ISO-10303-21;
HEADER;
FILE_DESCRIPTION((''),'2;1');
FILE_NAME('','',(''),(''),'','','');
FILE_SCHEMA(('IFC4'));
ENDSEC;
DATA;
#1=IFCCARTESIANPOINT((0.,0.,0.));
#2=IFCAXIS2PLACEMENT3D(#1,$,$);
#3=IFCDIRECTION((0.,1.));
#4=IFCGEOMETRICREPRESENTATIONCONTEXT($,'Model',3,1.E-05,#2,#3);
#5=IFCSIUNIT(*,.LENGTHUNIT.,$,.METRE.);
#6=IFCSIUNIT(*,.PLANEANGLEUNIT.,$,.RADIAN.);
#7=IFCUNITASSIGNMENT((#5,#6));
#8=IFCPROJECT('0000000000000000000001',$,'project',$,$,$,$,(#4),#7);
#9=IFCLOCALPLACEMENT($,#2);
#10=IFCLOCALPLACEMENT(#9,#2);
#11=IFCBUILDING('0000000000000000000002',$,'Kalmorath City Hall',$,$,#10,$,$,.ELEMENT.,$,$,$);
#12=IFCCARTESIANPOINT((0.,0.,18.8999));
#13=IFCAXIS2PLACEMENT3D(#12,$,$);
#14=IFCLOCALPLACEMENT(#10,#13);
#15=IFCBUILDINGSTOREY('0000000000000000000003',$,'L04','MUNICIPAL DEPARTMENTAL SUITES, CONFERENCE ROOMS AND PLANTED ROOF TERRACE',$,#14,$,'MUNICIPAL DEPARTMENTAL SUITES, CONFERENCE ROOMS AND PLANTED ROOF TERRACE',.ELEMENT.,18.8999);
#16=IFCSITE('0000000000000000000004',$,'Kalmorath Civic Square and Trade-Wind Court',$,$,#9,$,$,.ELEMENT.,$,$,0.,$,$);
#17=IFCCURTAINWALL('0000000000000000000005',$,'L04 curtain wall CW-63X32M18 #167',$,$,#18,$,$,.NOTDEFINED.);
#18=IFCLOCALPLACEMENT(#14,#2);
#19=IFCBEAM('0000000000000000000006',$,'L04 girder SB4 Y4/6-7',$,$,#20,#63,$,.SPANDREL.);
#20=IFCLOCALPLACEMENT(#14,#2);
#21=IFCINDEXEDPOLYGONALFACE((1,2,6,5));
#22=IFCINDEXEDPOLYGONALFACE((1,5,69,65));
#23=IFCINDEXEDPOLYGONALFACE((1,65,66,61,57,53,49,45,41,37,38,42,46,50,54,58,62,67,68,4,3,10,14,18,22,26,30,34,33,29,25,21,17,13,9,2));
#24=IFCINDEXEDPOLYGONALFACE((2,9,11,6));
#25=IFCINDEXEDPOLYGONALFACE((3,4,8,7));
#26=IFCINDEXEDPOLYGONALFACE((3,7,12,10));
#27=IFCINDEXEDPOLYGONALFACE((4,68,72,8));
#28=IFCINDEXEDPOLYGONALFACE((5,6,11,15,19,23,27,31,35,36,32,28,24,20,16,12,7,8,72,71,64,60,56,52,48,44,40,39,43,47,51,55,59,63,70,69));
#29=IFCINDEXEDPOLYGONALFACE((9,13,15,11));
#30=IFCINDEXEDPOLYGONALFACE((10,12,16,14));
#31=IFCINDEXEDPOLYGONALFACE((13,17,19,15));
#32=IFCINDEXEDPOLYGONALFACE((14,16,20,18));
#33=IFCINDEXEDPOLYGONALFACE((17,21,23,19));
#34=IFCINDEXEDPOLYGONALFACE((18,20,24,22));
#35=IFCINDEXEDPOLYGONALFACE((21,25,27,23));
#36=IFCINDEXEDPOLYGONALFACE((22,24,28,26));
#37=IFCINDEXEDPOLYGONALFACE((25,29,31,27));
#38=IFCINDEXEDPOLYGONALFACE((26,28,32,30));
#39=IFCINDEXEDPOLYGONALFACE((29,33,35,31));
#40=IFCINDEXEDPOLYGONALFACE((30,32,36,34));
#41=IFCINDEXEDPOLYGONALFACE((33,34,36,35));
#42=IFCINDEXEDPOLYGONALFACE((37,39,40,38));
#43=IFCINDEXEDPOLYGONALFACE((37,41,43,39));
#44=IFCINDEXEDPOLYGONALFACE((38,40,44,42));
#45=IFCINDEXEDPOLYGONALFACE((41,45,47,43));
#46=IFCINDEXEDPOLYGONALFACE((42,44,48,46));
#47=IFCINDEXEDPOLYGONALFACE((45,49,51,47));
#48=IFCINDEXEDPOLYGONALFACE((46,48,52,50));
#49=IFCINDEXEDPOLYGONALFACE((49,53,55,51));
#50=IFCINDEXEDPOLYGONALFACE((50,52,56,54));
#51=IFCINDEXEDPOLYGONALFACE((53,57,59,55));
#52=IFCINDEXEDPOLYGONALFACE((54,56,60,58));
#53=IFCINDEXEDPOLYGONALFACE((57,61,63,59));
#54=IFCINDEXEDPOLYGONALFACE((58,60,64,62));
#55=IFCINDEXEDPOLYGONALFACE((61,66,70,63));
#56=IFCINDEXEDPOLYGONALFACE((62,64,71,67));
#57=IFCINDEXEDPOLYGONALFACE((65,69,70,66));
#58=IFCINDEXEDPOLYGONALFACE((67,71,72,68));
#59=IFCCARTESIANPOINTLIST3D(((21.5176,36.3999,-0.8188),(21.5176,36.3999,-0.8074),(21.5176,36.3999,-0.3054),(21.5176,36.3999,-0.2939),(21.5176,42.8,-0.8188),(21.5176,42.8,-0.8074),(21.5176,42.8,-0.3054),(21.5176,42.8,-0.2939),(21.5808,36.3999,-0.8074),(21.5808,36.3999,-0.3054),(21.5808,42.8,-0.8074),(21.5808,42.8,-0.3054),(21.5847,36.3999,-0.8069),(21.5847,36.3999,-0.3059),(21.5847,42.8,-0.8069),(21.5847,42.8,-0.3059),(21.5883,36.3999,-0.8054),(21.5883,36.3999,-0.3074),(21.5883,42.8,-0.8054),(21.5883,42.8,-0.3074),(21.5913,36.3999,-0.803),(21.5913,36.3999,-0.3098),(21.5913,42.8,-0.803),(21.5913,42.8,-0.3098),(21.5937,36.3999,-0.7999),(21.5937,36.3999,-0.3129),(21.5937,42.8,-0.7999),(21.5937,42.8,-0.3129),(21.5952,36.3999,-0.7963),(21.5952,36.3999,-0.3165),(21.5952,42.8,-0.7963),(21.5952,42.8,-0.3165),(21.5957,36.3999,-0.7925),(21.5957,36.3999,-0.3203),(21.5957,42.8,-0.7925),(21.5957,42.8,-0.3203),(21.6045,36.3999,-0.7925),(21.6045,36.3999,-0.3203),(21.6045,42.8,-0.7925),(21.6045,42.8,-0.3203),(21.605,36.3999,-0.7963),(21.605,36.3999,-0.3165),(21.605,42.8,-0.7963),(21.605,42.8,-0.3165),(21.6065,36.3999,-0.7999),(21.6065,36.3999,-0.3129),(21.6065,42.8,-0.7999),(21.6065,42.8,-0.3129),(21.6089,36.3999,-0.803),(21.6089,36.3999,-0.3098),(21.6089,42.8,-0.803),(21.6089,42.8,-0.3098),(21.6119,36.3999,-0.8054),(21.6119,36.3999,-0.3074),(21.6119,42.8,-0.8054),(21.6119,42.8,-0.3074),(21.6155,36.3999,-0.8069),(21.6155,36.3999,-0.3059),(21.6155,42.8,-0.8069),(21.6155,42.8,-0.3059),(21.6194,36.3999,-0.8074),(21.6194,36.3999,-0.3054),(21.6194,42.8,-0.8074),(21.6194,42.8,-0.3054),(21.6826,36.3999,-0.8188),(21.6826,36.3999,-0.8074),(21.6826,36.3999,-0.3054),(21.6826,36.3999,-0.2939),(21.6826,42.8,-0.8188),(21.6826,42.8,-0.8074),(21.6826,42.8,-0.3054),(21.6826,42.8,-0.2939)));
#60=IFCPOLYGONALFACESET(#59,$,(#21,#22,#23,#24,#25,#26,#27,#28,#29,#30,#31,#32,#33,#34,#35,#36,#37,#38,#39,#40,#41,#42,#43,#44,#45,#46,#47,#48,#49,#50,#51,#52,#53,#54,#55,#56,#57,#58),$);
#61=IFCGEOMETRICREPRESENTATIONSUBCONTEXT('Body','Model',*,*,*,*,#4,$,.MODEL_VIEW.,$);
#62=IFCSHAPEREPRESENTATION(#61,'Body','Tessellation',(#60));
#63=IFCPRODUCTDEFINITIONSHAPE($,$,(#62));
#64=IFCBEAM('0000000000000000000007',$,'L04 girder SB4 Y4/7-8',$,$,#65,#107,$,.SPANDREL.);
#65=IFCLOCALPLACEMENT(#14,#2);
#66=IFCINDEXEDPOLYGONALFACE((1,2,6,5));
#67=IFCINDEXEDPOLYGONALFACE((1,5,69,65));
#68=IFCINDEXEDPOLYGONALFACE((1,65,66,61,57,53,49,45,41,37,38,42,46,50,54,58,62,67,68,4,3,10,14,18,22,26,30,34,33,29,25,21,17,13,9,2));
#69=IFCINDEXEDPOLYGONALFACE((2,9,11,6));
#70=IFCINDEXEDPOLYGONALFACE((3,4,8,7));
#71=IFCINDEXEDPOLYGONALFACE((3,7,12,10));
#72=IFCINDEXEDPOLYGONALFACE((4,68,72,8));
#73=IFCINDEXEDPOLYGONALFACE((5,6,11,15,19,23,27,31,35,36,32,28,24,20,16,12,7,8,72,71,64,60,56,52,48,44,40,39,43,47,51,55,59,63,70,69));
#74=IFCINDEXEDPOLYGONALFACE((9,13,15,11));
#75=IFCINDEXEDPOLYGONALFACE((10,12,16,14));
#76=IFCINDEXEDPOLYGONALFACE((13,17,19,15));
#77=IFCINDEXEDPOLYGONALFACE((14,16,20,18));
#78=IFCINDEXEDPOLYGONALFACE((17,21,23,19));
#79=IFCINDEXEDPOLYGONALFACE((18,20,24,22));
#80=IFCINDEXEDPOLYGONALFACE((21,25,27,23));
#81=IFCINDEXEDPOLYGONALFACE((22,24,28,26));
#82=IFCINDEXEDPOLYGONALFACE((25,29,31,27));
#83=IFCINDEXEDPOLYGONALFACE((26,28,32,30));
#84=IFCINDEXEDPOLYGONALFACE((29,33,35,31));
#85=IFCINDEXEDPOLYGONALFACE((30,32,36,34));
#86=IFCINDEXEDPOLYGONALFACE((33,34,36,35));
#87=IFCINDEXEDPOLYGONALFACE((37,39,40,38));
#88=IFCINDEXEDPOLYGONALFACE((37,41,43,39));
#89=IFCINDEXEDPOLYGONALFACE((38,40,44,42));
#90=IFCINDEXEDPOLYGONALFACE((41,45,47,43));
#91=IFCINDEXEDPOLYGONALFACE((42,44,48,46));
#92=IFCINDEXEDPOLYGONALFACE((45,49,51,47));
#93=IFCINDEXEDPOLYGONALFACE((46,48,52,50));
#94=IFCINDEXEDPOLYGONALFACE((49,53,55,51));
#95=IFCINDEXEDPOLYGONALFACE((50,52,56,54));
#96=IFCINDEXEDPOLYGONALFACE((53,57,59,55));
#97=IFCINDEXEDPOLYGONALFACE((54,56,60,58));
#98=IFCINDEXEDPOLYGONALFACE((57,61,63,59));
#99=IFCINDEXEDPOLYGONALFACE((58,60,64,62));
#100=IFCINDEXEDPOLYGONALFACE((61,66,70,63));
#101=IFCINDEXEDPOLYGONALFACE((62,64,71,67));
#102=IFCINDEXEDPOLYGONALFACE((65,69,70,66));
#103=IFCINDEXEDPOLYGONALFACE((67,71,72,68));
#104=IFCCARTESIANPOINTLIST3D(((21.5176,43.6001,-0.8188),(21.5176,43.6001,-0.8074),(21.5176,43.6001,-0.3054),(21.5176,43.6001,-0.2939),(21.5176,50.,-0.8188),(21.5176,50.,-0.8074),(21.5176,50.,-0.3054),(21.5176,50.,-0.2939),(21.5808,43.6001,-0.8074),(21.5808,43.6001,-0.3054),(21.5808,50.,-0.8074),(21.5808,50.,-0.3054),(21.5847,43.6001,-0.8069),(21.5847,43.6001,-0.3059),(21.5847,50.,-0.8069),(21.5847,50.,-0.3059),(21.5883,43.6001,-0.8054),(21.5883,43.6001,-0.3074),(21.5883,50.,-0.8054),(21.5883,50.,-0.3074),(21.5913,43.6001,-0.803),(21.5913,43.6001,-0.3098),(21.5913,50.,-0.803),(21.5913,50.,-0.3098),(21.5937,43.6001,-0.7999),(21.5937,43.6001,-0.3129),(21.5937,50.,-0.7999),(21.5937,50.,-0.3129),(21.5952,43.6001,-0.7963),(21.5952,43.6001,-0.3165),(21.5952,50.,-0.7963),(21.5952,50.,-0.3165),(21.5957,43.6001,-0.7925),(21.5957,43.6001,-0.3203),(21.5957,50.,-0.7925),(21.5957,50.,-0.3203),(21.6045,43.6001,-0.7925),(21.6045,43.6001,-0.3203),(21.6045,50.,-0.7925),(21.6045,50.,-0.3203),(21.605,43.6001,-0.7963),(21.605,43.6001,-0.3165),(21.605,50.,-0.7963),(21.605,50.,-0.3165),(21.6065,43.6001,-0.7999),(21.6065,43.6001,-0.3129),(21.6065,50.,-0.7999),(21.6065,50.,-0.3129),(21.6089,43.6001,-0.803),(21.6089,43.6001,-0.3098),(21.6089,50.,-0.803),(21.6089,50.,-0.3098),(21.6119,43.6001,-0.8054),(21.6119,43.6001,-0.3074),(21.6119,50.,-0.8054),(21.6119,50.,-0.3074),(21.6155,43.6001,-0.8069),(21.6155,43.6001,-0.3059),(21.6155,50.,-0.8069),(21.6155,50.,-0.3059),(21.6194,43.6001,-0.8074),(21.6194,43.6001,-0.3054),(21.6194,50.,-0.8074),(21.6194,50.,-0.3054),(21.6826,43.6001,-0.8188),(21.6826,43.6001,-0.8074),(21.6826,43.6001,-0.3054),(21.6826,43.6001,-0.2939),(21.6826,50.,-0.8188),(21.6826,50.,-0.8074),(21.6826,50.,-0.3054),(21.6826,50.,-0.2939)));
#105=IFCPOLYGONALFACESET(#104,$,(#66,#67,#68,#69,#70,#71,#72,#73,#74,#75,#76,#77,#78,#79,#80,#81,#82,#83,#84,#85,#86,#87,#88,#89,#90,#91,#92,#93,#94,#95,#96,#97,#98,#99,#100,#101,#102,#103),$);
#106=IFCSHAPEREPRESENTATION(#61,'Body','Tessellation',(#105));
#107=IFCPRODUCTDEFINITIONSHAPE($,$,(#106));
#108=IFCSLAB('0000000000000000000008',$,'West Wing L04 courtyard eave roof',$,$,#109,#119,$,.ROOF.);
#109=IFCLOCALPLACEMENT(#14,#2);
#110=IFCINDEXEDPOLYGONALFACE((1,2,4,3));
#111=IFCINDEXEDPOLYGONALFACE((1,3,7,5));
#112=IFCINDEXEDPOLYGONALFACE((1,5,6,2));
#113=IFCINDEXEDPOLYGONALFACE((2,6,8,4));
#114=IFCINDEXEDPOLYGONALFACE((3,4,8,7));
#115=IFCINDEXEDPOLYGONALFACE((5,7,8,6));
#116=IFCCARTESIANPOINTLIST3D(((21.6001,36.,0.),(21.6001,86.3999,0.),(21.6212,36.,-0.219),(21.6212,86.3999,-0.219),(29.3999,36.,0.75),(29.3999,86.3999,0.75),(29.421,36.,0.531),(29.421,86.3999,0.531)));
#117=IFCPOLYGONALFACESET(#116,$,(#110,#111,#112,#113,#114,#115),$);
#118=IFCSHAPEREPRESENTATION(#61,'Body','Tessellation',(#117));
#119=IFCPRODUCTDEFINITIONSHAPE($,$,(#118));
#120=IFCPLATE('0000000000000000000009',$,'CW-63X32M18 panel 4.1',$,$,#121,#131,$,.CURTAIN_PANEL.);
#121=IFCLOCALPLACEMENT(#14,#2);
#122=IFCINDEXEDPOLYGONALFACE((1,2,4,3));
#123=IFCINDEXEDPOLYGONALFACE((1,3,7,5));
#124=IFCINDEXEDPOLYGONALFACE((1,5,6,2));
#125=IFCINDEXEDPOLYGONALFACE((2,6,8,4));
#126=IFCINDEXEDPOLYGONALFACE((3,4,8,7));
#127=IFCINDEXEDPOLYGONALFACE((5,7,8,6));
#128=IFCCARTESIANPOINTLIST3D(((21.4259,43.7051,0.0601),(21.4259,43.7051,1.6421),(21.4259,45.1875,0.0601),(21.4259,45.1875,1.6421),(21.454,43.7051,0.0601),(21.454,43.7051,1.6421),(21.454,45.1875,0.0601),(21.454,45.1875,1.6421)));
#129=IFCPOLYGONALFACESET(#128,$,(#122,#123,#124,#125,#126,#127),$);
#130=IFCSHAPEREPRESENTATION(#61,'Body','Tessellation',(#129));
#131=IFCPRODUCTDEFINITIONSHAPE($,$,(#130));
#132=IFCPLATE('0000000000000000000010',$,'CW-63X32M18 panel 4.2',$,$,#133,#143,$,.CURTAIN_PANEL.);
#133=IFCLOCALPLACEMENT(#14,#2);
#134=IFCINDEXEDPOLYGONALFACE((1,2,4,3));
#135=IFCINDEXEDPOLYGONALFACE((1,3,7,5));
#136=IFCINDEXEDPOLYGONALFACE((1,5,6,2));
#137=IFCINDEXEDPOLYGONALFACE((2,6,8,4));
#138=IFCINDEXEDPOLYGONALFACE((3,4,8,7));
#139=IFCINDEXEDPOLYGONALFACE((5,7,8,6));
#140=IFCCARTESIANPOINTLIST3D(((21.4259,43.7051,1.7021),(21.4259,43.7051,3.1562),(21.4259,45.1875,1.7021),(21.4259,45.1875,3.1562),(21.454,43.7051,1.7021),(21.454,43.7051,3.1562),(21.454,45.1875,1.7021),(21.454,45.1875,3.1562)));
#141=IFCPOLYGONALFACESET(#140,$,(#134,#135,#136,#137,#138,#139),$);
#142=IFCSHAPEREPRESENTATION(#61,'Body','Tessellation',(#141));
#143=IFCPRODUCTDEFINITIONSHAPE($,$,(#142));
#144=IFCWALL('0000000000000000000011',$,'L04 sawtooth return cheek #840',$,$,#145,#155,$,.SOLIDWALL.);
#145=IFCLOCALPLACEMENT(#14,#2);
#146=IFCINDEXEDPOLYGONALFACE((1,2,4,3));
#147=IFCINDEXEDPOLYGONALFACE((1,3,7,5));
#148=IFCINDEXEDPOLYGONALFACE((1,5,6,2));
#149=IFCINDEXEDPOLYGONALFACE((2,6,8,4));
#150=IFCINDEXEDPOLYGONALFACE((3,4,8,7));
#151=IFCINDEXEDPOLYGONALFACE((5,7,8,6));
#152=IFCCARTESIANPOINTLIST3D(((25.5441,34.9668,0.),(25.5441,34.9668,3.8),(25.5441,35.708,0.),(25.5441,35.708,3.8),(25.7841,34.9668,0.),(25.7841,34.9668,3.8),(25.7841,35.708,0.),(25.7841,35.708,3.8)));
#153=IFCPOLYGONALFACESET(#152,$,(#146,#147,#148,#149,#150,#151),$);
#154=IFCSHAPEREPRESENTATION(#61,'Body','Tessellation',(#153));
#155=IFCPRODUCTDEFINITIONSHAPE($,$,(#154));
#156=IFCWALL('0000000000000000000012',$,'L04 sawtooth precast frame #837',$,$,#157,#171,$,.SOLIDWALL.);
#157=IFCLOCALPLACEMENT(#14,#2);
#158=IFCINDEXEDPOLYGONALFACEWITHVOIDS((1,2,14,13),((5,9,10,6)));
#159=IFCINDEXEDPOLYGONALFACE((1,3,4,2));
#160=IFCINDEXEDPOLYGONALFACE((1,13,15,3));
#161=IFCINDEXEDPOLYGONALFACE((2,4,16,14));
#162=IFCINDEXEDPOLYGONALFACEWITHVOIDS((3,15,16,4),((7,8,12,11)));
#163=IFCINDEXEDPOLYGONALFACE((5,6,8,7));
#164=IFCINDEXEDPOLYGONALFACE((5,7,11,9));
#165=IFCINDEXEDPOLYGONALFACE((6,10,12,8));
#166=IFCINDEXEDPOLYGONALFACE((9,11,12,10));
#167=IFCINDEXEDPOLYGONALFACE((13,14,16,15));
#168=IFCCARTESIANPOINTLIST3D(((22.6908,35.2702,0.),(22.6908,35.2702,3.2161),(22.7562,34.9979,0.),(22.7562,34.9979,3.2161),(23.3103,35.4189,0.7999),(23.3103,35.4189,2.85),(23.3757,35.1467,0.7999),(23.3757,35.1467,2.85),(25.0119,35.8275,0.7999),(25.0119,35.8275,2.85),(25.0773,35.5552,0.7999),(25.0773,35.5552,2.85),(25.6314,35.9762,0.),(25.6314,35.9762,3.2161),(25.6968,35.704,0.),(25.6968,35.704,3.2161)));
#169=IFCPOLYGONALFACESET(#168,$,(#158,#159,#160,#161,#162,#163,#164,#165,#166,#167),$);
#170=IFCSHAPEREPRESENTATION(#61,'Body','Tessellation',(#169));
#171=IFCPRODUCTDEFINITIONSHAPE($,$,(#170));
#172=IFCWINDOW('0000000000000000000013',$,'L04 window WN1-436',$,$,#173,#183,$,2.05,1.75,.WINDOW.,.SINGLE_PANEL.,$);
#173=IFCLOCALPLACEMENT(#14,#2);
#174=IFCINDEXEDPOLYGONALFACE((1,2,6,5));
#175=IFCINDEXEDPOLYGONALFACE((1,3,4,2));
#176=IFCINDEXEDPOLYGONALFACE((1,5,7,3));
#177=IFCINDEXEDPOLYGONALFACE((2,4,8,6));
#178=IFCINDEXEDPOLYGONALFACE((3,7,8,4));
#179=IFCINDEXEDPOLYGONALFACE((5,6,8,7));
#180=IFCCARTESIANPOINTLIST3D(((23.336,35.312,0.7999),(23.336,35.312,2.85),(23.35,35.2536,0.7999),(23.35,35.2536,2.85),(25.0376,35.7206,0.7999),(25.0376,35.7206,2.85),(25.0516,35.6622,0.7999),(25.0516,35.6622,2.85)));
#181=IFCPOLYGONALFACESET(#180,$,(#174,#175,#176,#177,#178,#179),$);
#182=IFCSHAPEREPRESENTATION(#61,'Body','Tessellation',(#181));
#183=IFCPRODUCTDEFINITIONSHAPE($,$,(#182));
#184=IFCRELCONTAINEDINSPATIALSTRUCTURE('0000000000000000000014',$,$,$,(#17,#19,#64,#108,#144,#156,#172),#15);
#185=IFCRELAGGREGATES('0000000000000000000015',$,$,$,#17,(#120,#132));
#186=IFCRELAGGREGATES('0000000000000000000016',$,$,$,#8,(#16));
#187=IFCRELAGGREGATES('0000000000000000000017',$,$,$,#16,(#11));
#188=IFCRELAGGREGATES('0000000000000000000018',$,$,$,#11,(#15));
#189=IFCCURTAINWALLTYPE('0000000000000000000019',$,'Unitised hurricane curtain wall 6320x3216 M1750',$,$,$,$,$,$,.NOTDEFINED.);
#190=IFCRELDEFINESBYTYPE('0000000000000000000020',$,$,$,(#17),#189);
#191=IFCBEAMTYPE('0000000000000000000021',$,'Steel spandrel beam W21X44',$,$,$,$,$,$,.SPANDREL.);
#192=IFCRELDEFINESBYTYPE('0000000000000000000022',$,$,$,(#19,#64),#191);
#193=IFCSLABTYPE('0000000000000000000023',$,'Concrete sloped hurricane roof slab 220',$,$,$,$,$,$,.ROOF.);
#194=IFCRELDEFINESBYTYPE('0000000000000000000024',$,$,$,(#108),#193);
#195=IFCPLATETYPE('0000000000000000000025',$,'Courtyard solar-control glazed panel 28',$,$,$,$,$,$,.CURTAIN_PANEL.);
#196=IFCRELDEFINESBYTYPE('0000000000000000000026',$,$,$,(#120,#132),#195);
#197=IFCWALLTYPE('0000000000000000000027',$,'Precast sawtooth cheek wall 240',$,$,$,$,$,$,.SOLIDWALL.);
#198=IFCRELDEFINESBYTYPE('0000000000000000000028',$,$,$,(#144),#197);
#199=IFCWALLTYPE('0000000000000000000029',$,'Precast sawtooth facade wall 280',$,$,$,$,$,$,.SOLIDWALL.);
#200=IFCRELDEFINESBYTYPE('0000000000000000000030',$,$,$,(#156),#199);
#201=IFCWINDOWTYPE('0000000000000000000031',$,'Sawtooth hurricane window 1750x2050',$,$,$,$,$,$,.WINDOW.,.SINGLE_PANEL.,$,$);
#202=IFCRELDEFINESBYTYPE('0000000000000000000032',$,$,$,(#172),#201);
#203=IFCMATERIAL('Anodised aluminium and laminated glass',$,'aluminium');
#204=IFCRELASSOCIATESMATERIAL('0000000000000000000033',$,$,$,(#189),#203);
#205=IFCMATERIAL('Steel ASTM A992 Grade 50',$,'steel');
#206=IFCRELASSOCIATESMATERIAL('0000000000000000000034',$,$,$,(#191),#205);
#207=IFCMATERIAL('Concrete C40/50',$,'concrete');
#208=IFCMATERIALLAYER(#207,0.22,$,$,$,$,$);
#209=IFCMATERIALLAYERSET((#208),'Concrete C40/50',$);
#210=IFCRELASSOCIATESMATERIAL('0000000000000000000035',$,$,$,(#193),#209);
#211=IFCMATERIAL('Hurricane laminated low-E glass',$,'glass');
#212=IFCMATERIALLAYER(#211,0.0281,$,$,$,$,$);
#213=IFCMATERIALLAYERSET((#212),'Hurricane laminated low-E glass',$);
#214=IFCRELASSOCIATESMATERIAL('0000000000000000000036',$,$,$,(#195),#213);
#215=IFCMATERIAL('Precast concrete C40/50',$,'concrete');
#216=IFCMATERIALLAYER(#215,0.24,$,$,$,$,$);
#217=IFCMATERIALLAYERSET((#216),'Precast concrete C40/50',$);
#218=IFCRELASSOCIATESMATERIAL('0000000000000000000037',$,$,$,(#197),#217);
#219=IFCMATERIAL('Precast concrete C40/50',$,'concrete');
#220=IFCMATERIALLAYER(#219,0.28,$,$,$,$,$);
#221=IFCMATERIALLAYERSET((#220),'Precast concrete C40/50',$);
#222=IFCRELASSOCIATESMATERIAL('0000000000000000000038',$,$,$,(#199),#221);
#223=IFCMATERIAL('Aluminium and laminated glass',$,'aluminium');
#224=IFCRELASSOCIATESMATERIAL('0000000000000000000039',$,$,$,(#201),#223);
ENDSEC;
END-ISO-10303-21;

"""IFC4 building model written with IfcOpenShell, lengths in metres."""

from ifc_helpers import new_model, si_unit, direction, frame, frame_2d, origin, origin_2d, place, context, subcontext, project, spatial, polyline, rectangle, i_section, outline, extrude, material, layer, layer_set, material_profile, profile_set, type_object, element, fill, aggregate, save


model = new_model("IFC4")

# Units and contexts
model_context = context("Model", 3, precision=1e-05, world=origin(), true_north=direction((0.0, 1.0)))
body_context = subcontext(model_context, "Body", "Model", "MODEL_VIEW")
ifc_project = project(units=[si_unit("LENGTHUNIT", "METRE"), si_unit("PLANEANGLEUNIT", "RADIAN")], contexts=[model_context])

# Site, building, storey
site_placement = place(None, origin())
site = spatial("IfcSite", under=ifc_project, at=site_placement, Name="Kalmorath Civic Square and Trade-Wind Court", CompositionType="ELEMENT", RefElevation=0.0)
building_placement = place(site_placement, origin())
building = spatial("IfcBuilding", under=site, at=building_placement, Name="Kalmorath City Hall", CompositionType="ELEMENT")
storey_placement = place(building_placement, frame((0.0, 0.0, 18.8999)))
storey = spatial("IfcBuildingStorey", under=building, at=storey_placement, Name="L04", Description="MUNICIPAL DEPARTMENTAL SUITES, CONFERENCE ROOMS AND PLANTED ROOF TERRACE", LongName="MUNICIPAL DEPARTMENTAL SUITES, CONFERENCE ROOMS AND PLANTED ROOF TERRACE", CompositionType="ELEMENT", Elevation=18.8999)

# Curtain wall
ifc_material_1 = material(Name="Anodised aluminium and laminated glass", Category="aluminium")
curtain_wall_type_1 = type_object("IfcCurtainWallType", Name="Unitised hurricane curtain wall 6320x3216 M1750", PredefinedType="NOTDEFINED", material=ifc_material_1)
curtain_wall_1_placement = place(storey_placement, origin())
curtain_wall_1 = element("IfcCurtainWall", 1, at=curtain_wall_1_placement, inside=storey, type_object=curtain_wall_type_1, Name="L04 curtain wall CW-63X32M18 #167", PredefinedType="NOTDEFINED")

# Beams
ifc_material_2 = material(Name="Steel ASTM A992 Grade 50", Category="steel")
ifc_material_profile_1 = material_profile(ifc_material_2, i_section(OverallWidth=0.165, OverallDepth=0.5249, WebThickness=0.0088, FlangeThickness=0.0115, FilletRadius=0.0149, at=origin_2d()), Name="W21X44")
ifc_profile_set_1 = profile_set([ifc_material_profile_1], Name="Steel ASTM A992 Grade 50")
beam_type = type_object("IfcBeamType", Name="Steel spandrel beam W21X44", PredefinedType="SPANDREL", material=ifc_profile_set_1)
beam_1_placement = place(storey_placement, frame((21.6001, 36.3999, -0.5564), z_axis=(0.0, 1.0, 0.0), x_axis=(-1.0, 0.0, 0.0)))
element("IfcBeam", 2, at=beam_1_placement, inside=storey, type_object=beam_type, Name="L04 girder SB4 Y4/6-7", PredefinedType="SPANDREL", context=body_context, shape_type="SweptSolid", body=[
    extrude(i_section(OverallWidth=0.165, OverallDepth=0.5249, WebThickness=0.0088, FlangeThickness=0.0115, FilletRadius=0.0149, at=origin_2d()), origin(), (0.0, 0.0, 1.0), 6.4001),
])
beam_2_placement = place(storey_placement, frame((21.6001, 43.6001, -0.5564), z_axis=(0.0, 1.0, 0.0), x_axis=(-1.0, 0.0, 0.0)))
element("IfcBeam", 3, at=beam_2_placement, inside=storey, type_object=beam_type, Name="L04 girder SB4 Y4/7-8", PredefinedType="SPANDREL", context=body_context, shape_type="SweptSolid", body=[
    extrude(i_section(OverallWidth=0.165, OverallDepth=0.5249, WebThickness=0.0088, FlangeThickness=0.0115, FilletRadius=0.0149, at=origin_2d()), origin(), (0.0, 0.0, 1.0), 6.3999),
])

# Slab
ifc_material_3 = material(Name="Concrete C40/50", Category="concrete")
ifc_layer_1 = layer(ifc_material_3, 0.22)
ifc_layer_set_1 = layer_set([ifc_layer_1], Name="Concrete C40/50")
slab_type = type_object("IfcSlabType", Name="Concrete sloped hurricane roof slab 220", PredefinedType="ROOF", material=ifc_layer_set_1)
slab_placement = place(storey_placement, frame((21.6001, 36.0, 0.0), z_axis=(-0.095715, 0.0, 0.995409), x_axis=(0.995409, 0.0, 0.095715)))
element("IfcSlab", 4, at=slab_placement, inside=storey, type_object=slab_type, Name="West Wing L04 courtyard eave roof", PredefinedType="ROOF", context=body_context, shape_type="SweptSolid", body=[
    extrude(outline(polyline([(0.0, 0.0), (7.8358, 0.0), (7.8358, 50.3999), (0.0, 50.3999), (0.0, 0.0)])), origin(), (0.0, 0.0, -1.0), 0.22),
])

# Plates
ifc_material_4 = material(Name="Hurricane laminated low-E glass", Category="glass")
ifc_layer_2 = layer(ifc_material_4, 0.0281)
ifc_layer_set_2 = layer_set([ifc_layer_2], Name="Hurricane laminated low-E glass")
plate_type = type_object("IfcPlateType", Name="Courtyard solar-control glazed panel 28", PredefinedType="CURTAIN_PANEL", material=ifc_layer_set_2)
plate_1_placement = place(storey_placement, frame((21.4399, 44.4463, 0.0601), z_axis=(0.0, 0.0, 1.0), x_axis=(0.0, -1.0, 0.0)))
plate_1 = element("IfcPlate", 5, at=plate_1_placement, type_object=plate_type, Name="CW-63X32M18 panel 4.1", PredefinedType="CURTAIN_PANEL", context=body_context, shape_type="SweptSolid", body=[
    extrude(rectangle(XDim=1.4824, YDim=0.0281, at=origin_2d()), origin(), (0.0, 0.0, 1.0), 1.582),
])
plate_2_placement = place(storey_placement, frame((21.4399, 44.4463, 1.7021), z_axis=(0.0, 0.0, 1.0), x_axis=(0.0, -1.0, 0.0)))
plate_2 = element("IfcPlate", 6, at=plate_2_placement, type_object=plate_type, Name="CW-63X32M18 panel 4.2", PredefinedType="CURTAIN_PANEL", context=body_context, shape_type="SweptSolid", body=[
    extrude(rectangle(XDim=1.4824, YDim=0.0281, at=origin_2d()), origin(), (0.0, 0.0, 1.0), 1.4541),
])
aggregate(curtain_wall_1, [plate_1, plate_2])

# Wall
ifc_material_5 = material(Name="Precast concrete C40/50", Category="concrete")
ifc_layer_3 = layer(ifc_material_5, 0.24)
ifc_layer_set_3 = layer_set([ifc_layer_3], Name="Precast concrete C40/50")
wall_type_1 = type_object("IfcWallType", Name="Precast sawtooth cheek wall 240", PredefinedType="SOLIDWALL", material=ifc_layer_set_3)
wall_1_placement = place(storey_placement, frame((25.6641, 34.9668, 0.0), z_axis=(0.0, 0.0, 1.0), x_axis=(0.0, 1.0, 0.0)))
element("IfcWall", 7, at=wall_1_placement, inside=storey, type_object=wall_type_1, Name="L04 sawtooth return cheek #840", PredefinedType="SOLIDWALL", context=body_context, shape_type="SweptSolid", body=[
    extrude(rectangle(XDim=0.7412, YDim=0.24, at=frame_2d((0.3706, 0.0))), origin(), (0.0, 0.0, 1.0), 3.8),
])

# Wall, opening, window
ifc_material_6 = material(Name="Precast concrete C40/50", Category="concrete")
ifc_layer_4 = layer(ifc_material_6, 0.28)
ifc_layer_set_4 = layer_set([ifc_layer_4], Name="Precast concrete C40/50")
wall_type_2 = type_object("IfcWallType", Name="Precast sawtooth facade wall 280", PredefinedType="SOLIDWALL", material=ifc_layer_set_4)
wall_2_placement = place(storey_placement, frame((22.7234, 35.134, 0.0), z_axis=(0.0, 0.0, 1.0), x_axis=(0.972365, 0.233465, 0.0)))
wall_2 = element("IfcWall", 8, at=wall_2_placement, inside=storey, type_object=wall_type_2, Name="L04 sawtooth precast frame #837", PredefinedType="SOLIDWALL", context=body_context, shape_type="SweptSolid", body=[
    extrude(rectangle(XDim=3.0242, YDim=0.28, at=frame_2d((1.5122, 0.0))), origin(), (0.0, 0.0, 1.0), 3.2161),
])
opening_1_placement = place(wall_2_placement, frame((0.6372, 0.0, 0.8)))
opening_1 = element("IfcOpeningElement", 9, at=opening_1_placement, cuts=wall_2, PredefinedType="OPENING", context=body_context, shape_type="SweptSolid", body=[
    extrude(rectangle(XDim=1.75, YDim=2.05, at=frame_2d((0.875, 1.0249))), frame((0.0, 0.1499, 0.0), z_axis=(0.0, -1.0, 0.0), x_axis=(1.0, 0.0, 0.0)), (0.0, 0.0, 1.0), 0.3),
])
ifc_material_7 = material(Name="Aluminium and laminated glass", Category="aluminium")
window_type = type_object("IfcWindowType", Name="Sawtooth hurricane window 1750x2050", PartitioningType="SINGLE_PANEL", PredefinedType="WINDOW", material=ifc_material_7)
window_1_placement = place(opening_1_placement, origin())
window_1 = element("IfcWindow", 10, at=window_1_placement, inside=storey, type_object=window_type, Name="L04 window WN1-436", OverallHeight=2.05, OverallWidth=1.75, PartitioningType="SINGLE_PANEL", PredefinedType="WINDOW", context=body_context, shape_type="SweptSolid", body=[
    extrude(rectangle(XDim=1.75, YDim=2.05, at=frame_2d((0.875, 1.0249))), frame((0.0, 0.03, 0.0), z_axis=(0.0, -1.0, 0.0), x_axis=(1.0, 0.0, 0.0)), (0.0, 0.0, 1.0), 0.0601),
])
fill(opening_1, window_1)

save(model, "model.ifc")
